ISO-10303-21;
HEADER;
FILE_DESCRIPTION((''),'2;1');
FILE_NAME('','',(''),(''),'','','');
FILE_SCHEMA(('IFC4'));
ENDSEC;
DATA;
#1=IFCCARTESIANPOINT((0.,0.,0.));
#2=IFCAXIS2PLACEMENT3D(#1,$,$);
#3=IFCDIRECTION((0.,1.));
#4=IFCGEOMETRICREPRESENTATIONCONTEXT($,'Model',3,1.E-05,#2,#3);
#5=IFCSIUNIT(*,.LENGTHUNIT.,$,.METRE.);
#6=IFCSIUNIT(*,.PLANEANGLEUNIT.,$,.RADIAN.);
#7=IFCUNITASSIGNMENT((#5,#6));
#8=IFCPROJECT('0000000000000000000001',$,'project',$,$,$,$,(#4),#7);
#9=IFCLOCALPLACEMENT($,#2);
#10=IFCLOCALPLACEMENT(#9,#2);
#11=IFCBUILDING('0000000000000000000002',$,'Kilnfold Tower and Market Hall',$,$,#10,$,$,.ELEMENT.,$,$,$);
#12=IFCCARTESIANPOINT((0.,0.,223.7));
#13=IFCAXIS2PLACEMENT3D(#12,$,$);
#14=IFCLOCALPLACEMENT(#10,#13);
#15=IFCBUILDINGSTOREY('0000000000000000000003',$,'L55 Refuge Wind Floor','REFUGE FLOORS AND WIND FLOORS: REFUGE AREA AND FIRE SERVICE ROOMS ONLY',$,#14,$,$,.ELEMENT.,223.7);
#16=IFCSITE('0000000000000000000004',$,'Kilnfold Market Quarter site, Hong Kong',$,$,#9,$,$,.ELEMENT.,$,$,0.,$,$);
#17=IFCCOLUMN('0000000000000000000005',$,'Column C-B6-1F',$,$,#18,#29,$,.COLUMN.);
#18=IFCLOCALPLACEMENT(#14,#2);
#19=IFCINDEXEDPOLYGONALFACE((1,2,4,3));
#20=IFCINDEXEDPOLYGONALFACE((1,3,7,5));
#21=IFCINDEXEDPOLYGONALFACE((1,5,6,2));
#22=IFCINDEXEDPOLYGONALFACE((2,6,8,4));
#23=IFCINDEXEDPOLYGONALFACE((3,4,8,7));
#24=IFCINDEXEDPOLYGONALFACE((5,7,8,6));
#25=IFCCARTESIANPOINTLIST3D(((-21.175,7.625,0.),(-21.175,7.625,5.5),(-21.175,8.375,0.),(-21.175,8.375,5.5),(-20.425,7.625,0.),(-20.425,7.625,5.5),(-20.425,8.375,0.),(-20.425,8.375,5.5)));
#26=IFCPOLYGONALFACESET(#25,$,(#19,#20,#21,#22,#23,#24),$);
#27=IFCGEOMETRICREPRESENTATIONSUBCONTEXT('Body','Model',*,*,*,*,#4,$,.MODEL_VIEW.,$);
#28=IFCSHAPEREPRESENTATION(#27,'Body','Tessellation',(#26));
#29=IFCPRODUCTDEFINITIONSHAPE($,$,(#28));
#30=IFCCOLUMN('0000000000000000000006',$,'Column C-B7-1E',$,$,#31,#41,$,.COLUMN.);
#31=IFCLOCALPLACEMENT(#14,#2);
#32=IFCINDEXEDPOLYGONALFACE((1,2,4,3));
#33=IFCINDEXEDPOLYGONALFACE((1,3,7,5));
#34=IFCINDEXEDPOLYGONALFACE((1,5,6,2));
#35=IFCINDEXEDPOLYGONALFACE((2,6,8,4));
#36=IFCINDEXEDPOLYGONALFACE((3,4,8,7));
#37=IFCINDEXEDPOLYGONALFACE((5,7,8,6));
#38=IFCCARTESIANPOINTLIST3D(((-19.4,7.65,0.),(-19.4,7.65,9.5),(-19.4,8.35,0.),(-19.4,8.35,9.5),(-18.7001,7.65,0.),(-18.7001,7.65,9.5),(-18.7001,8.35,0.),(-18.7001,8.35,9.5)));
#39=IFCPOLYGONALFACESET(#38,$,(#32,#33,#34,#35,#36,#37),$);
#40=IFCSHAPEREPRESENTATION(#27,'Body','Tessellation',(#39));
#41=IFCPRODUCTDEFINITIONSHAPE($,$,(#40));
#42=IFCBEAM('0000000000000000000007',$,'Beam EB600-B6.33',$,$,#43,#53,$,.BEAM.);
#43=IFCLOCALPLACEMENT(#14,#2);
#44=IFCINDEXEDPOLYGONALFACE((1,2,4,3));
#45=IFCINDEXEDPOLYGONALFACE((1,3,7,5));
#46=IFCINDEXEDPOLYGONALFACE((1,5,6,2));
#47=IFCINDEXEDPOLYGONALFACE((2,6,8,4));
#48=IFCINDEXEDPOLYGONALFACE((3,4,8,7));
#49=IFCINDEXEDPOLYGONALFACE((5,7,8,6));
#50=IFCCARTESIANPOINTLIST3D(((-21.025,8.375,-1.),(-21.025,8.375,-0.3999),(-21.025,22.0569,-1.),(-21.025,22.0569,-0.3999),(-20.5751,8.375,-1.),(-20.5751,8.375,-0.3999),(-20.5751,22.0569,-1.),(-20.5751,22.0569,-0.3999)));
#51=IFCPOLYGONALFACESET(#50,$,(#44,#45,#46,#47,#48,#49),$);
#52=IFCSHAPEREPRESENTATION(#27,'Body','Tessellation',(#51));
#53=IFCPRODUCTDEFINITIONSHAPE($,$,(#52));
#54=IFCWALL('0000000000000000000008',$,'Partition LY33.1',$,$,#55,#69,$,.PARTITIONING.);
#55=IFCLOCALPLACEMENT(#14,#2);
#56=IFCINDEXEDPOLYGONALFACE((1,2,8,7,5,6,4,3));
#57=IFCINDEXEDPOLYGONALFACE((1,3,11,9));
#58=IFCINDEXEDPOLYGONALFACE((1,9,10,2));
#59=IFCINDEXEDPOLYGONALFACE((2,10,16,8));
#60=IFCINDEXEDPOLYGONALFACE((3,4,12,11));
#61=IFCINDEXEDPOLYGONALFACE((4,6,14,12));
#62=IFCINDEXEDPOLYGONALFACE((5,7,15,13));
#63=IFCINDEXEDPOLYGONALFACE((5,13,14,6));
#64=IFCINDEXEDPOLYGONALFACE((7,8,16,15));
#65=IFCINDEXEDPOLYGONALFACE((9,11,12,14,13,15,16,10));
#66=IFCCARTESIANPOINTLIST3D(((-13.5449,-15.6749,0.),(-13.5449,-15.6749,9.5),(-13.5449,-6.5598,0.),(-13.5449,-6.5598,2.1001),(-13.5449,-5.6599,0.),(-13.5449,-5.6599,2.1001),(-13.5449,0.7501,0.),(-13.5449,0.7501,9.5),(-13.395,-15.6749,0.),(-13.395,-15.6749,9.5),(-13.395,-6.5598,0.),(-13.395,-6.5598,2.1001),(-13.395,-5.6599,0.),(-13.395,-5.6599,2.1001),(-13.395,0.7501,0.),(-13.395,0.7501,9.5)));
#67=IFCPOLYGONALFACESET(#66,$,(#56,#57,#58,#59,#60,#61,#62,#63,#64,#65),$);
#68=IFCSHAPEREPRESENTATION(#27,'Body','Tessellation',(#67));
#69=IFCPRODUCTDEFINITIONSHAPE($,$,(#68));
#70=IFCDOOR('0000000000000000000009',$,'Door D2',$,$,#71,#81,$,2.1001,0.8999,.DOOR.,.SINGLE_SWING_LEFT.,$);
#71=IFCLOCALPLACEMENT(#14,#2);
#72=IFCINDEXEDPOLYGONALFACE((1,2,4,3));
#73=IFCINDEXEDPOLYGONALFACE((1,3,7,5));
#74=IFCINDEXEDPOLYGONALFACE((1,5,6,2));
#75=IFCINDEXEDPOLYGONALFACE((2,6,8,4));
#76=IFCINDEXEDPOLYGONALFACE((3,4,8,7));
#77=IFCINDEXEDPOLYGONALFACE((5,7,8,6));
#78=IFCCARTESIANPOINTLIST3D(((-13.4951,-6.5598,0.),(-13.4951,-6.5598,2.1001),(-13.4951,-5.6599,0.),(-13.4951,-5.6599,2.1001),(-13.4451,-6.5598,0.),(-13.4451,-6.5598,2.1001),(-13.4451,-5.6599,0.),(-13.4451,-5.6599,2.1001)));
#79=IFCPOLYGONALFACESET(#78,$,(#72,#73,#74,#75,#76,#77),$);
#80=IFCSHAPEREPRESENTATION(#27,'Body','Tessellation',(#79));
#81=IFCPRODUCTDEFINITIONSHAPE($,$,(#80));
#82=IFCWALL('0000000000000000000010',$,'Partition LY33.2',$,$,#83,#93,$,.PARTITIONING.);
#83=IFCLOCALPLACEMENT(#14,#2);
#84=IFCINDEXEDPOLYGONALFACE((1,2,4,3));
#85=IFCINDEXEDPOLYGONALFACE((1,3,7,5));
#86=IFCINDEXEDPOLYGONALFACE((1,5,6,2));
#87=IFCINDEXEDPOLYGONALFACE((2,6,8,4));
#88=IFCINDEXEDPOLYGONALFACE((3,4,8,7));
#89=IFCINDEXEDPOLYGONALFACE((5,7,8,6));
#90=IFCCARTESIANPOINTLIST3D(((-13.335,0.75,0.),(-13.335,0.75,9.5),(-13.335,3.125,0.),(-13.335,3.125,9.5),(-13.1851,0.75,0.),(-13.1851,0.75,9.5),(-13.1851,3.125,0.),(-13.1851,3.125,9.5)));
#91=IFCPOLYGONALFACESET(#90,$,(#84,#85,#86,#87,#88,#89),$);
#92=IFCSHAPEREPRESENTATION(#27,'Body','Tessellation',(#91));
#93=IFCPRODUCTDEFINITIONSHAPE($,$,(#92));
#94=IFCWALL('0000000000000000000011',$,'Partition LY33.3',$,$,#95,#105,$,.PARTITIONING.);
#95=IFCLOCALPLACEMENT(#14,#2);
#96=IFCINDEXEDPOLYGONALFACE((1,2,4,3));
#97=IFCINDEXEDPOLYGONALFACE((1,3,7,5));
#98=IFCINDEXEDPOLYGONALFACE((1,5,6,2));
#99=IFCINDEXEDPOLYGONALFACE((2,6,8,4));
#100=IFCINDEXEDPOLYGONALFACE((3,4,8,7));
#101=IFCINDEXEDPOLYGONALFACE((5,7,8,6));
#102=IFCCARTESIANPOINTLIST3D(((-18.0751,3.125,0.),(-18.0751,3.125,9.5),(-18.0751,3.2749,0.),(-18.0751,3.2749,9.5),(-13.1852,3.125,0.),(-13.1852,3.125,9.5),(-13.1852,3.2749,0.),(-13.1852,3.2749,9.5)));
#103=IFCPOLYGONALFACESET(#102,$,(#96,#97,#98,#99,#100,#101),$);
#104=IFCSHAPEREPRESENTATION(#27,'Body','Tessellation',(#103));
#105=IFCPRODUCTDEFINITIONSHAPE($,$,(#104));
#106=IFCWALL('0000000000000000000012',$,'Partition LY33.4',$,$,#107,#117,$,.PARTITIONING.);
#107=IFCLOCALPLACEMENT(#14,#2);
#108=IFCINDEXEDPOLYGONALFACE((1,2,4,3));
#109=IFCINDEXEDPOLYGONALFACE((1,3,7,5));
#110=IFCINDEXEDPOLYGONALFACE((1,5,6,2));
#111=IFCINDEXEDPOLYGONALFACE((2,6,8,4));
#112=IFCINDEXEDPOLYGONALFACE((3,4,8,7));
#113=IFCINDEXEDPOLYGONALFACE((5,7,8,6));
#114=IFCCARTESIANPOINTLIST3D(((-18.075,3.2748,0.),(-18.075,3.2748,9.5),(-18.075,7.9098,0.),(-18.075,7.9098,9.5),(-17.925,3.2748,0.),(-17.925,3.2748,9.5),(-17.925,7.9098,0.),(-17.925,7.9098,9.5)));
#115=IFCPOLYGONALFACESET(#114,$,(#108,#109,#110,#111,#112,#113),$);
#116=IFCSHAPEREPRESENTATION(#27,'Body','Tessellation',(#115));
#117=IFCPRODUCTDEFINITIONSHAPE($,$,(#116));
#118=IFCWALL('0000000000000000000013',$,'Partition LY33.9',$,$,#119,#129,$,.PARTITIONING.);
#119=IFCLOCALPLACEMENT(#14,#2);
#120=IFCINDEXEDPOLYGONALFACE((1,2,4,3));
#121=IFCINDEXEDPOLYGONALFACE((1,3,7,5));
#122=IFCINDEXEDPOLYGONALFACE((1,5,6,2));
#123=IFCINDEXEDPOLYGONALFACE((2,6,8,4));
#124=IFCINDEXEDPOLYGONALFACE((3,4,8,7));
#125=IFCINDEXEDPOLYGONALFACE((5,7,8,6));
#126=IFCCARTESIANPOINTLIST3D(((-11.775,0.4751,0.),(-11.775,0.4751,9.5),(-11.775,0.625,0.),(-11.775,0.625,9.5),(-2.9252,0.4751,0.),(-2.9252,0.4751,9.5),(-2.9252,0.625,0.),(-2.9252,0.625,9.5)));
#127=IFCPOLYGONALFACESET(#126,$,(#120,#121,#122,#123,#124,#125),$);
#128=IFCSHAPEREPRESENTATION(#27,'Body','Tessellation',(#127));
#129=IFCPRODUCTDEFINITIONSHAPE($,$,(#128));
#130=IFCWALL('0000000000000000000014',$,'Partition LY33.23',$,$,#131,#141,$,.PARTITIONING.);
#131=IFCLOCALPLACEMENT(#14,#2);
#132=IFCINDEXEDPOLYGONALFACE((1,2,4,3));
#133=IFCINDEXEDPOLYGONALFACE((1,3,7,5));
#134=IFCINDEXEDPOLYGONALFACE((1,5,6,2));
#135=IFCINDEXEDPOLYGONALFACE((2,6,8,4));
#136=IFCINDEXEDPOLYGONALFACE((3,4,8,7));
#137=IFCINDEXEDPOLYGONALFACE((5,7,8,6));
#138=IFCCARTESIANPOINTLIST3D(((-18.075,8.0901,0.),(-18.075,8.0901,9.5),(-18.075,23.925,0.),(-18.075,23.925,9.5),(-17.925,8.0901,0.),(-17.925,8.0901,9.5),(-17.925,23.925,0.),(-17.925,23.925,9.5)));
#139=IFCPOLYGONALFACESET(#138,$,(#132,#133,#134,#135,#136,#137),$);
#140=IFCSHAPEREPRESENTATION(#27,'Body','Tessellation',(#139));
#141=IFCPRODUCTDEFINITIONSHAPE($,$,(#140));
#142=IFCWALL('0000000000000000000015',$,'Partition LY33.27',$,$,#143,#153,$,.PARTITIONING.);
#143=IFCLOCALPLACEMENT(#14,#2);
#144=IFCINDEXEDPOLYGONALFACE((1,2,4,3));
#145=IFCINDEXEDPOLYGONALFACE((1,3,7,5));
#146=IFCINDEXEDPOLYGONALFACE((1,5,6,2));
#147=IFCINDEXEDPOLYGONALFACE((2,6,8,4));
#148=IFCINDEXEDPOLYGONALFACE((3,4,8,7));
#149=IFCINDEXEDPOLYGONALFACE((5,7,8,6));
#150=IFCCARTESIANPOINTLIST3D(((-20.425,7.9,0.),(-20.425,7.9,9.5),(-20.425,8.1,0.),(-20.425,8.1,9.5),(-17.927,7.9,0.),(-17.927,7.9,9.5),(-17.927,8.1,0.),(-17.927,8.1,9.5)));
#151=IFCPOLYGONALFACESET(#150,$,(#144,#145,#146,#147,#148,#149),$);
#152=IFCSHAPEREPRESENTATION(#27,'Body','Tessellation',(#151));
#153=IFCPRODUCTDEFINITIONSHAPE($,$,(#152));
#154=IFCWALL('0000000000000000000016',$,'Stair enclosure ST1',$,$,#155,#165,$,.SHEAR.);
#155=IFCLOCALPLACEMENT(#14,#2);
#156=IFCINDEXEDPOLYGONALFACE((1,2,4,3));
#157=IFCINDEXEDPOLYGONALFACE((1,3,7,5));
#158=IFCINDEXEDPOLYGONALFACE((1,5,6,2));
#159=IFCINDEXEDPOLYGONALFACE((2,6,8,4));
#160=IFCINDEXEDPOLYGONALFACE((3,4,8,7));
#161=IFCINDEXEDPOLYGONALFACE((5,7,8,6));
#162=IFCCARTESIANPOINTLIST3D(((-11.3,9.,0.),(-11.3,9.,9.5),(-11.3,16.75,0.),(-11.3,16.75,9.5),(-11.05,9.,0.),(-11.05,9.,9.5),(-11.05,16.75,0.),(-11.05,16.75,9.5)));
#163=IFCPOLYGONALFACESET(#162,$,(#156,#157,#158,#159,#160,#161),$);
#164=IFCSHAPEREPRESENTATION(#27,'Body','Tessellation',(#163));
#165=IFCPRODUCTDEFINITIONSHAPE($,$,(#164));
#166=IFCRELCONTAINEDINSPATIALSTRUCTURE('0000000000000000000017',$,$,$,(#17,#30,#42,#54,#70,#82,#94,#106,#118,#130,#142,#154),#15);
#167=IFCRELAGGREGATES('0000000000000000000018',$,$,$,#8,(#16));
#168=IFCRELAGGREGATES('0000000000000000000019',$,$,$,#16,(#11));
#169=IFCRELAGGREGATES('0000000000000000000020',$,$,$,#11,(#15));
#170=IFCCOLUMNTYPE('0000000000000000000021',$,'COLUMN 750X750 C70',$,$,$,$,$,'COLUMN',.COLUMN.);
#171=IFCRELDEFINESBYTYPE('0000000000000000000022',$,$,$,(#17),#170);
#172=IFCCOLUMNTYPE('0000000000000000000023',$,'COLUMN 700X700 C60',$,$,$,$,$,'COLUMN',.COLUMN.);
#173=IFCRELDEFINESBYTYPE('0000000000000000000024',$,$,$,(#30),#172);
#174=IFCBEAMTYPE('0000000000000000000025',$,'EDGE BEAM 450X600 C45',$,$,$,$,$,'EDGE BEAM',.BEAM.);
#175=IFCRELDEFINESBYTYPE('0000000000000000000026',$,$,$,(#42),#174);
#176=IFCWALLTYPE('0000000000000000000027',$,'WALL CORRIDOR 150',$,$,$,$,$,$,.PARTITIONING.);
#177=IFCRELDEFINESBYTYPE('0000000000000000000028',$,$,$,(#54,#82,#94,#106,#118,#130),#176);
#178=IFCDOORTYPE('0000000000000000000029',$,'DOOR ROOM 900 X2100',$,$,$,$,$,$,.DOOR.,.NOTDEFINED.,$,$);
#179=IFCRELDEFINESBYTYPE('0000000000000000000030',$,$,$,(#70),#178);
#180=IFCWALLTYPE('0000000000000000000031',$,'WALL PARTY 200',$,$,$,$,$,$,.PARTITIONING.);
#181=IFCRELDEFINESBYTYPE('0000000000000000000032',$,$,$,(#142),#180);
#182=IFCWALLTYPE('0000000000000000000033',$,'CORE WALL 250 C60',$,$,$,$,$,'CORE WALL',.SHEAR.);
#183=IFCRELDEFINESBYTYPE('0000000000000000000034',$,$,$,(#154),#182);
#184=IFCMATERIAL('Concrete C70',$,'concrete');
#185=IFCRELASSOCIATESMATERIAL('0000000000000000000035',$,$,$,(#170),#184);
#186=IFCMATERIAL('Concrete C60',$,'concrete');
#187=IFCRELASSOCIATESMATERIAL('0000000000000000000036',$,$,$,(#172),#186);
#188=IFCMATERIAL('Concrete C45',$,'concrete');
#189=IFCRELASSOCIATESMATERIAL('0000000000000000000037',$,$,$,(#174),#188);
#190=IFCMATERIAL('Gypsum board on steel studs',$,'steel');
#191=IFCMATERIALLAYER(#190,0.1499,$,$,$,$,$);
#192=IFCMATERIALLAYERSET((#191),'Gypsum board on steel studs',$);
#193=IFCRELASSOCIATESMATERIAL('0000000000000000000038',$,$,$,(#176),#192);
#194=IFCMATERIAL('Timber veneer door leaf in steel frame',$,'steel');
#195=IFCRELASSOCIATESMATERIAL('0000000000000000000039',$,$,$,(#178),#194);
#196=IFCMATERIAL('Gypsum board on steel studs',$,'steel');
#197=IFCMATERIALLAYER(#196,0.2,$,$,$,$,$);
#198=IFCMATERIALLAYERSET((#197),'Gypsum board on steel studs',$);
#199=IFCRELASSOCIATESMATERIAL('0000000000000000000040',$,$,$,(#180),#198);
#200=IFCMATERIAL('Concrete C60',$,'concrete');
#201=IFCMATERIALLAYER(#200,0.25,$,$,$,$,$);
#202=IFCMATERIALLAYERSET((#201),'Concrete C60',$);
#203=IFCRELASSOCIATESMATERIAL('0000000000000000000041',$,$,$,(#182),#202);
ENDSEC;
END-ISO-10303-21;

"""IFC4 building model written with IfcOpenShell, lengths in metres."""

from ifc_helpers import new_model, si_unit, direction, frame, frame_2d, origin, origin_2d, place, context, subcontext, project, spatial, rectangle, extrude, source, transform, mapped, material, layer, layer_set, material_profile, profile_set, type_object, element, fill, save


model = new_model("IFC4")

# Units and contexts
model_context = context("Model", 3, precision=1e-05, world=origin(), true_north=direction((0.0, 1.0)))
body_context = subcontext(model_context, "Body", "Model", "MODEL_VIEW")
ifc_project = project(units=[si_unit("LENGTHUNIT", "METRE"), si_unit("PLANEANGLEUNIT", "RADIAN")], contexts=[model_context])

# Site, building, storey
site_placement = place(None, origin())
site = spatial("IfcSite", under=ifc_project, at=site_placement, Name="Kilnfold Market Quarter site, Hong Kong", CompositionType="ELEMENT", RefElevation=0.0)
building_placement = place(site_placement, origin())
building = spatial("IfcBuilding", under=site, at=building_placement, Name="Kilnfold Tower and Market Hall", CompositionType="ELEMENT")
storey_placement = place(building_placement, frame((0.0, 0.0, 223.7)))
storey = spatial("IfcBuildingStorey", under=building, at=storey_placement, Name="L55 Refuge Wind Floor", Description="REFUGE FLOORS AND WIND FLOORS: REFUGE AREA AND FIRE SERVICE ROOMS ONLY", CompositionType="ELEMENT", Elevation=223.7)

# Columns
ifc_material_1 = material(Name="Concrete C70", Category="concrete")
ifc_material_profile_1 = material_profile(ifc_material_1, rectangle(XDim=0.75, YDim=0.75, at=origin_2d()), Name="RC 750x750")
ifc_profile_set_1 = profile_set([ifc_material_profile_1], Name="Concrete C70")
column_type_1 = type_object("IfcColumnType", Name="COLUMN 750X750 C70", ElementType="COLUMN", PredefinedType="COLUMN", material=ifc_profile_set_1)
shared_shape_1 = source(origin(), body_context, "Body", "SweptSolid", [
    extrude(rectangle(XDim=0.75, YDim=0.75, at=origin_2d()), origin(), (0.0, 0.0, 1.0), 5.5),
])
column_1_placement = place(storey_placement, frame((-20.8, 8.0, 0.0), z_axis=(0.0, 0.0, 1.0), x_axis=(1.0, 0.0, 0.0)))
element("IfcColumn", 1, at=column_1_placement, inside=storey, type_object=column_type_1, Name="Column C-B6-1F", PredefinedType="COLUMN", context=body_context, shape_type="MappedRepresentation", body=[
    mapped(shared_shape_1, transform((0.0, 0.0, 0.0))),
])
ifc_material_2 = material(Name="Concrete C60", Category="concrete")
ifc_material_profile_2 = material_profile(ifc_material_2, rectangle(XDim=0.7, YDim=0.7, at=origin_2d()), Name="RC 700x700")
ifc_profile_set_2 = profile_set([ifc_material_profile_2], Name="Concrete C60")
column_type_2 = type_object("IfcColumnType", Name="COLUMN 700X700 C60", ElementType="COLUMN", PredefinedType="COLUMN", material=ifc_profile_set_2)
shared_shape_2 = source(origin(), body_context, "Body", "SweptSolid", [
    extrude(rectangle(XDim=0.7, YDim=0.7, at=origin_2d()), origin(), (0.0, 0.0, 1.0), 9.5),
])
column_2_placement = place(storey_placement, frame((-19.05, 8.0, 0.0), z_axis=(0.0, 0.0, 1.0), x_axis=(1.0, 0.0, 0.0)))
element("IfcColumn", 2, at=column_2_placement, inside=storey, type_object=column_type_2, Name="Column C-B7-1E", PredefinedType="COLUMN", context=body_context, shape_type="MappedRepresentation", body=[
    mapped(shared_shape_2, transform((0.0, 0.0, 0.0))),
])

# Beam
ifc_material_3 = material(Name="Concrete C45", Category="concrete")
ifc_material_profile_3 = material_profile(ifc_material_3, rectangle(XDim=0.45, YDim=0.6001, at=origin_2d()), Name="RC 450x600")
ifc_profile_set_3 = profile_set([ifc_material_profile_3], Name="Concrete C45")
beam_type = type_object("IfcBeamType", Name="EDGE BEAM 450X600 C45", ElementType="EDGE BEAM", PredefinedType="BEAM", material=ifc_profile_set_3)
shared_shape_3 = source(origin(), body_context, "Body", "SweptSolid", [
    extrude(rectangle(XDim=0.45, YDim=0.6001, at=origin_2d()), origin(), (0.0, 0.0, 1.0), 13.6819),
])
beam_placement = place(storey_placement, frame((-20.8, 8.375, -0.7), z_axis=(0.0, 1.0, 0.0), x_axis=(-1.0, 0.0, 0.0)))
element("IfcBeam", 3, at=beam_placement, inside=storey, type_object=beam_type, Name="Beam EB600-B6.33", PredefinedType="BEAM", context=body_context, shape_type="MappedRepresentation", body=[
    mapped(shared_shape_3, transform((0.0, 0.0, 0.0))),
])

# Wall, opening, door
ifc_material_4 = material(Name="Gypsum board on steel studs", Category="steel")
ifc_layer_1 = layer(ifc_material_4, 0.1499)
ifc_layer_set_1 = layer_set([ifc_layer_1], Name="Gypsum board on steel studs")
wall_type_1 = type_object("IfcWallType", Name="WALL CORRIDOR 150", PredefinedType="PARTITIONING", material=ifc_layer_set_1)
wall_1_placement = place(storey_placement, frame((-13.47, 0.75, 0.0), z_axis=(0.0, 0.0, 1.0), x_axis=(0.0, -1.0, 0.0)))
wall_1 = element("IfcWall", 4, at=wall_1_placement, inside=storey, type_object=wall_type_1, Name="Partition LY33.1", PredefinedType="PARTITIONING", context=body_context, shape_type="SweptSolid", body=[
    extrude(rectangle(XDim=16.425, YDim=0.1499, at=frame_2d((8.2124, 0.0))), origin(), (0.0, 0.0, 1.0), 9.5),
])
opening_1_placement = place(wall_1_placement, frame((6.4099, 0.0, 0.0)))
opening_1 = element("IfcOpeningElement", 5, at=opening_1_placement, cuts=wall_1, PredefinedType="OPENING", context=body_context, shape_type="SweptSolid", body=[
    extrude(rectangle(XDim=0.8999, YDim=2.1001, at=frame_2d((0.45, 1.05))), frame((0.0, 0.085, 0.0), z_axis=(0.0, -1.0, 0.0), x_axis=(1.0, 0.0, 0.0)), (0.0, 0.0, 1.0), 0.1699),
])
ifc_material_5 = material(Name="Timber veneer door leaf in steel frame", Category="steel")
door_type_1 = type_object("IfcDoorType", Name="DOOR ROOM 900 X2100", OperationType="NOTDEFINED", PredefinedType="DOOR", material=ifc_material_5)
door_1_placement = place(opening_1_placement, origin())
door_1 = element("IfcDoor", 6, at=door_1_placement, inside=storey, type_object=door_type_1, Name="Door D2", OperationType="SINGLE_SWING_LEFT", OverallHeight=2.1001, OverallWidth=0.8999, PredefinedType="DOOR", context=body_context, shape_type="SweptSolid", body=[
    extrude(rectangle(XDim=0.8999, YDim=2.1001, at=frame_2d((0.45, 1.05))), frame((0.0, 0.0249, 0.0), z_axis=(0.0, -1.0, 0.0), x_axis=(1.0, 0.0, 0.0)), (0.0, 0.0, 1.0), 0.05),
])
fill(opening_1, door_1)

# Walls
wall_2_placement = place(storey_placement, frame((-13.26, 3.125, 0.0), z_axis=(0.0, 0.0, 1.0), x_axis=(0.0, -1.0, 0.0)))
element("IfcWall", 7, at=wall_2_placement, inside=storey, type_object=wall_type_1, Name="Partition LY33.2", PredefinedType="PARTITIONING", context=body_context, shape_type="SweptSolid", body=[
    extrude(rectangle(XDim=2.375, YDim=0.1499, at=frame_2d((1.1875, 0.0))), origin(), (0.0, 0.0, 1.0), 9.5),
])
wall_3_placement = place(storey_placement, frame((-18.075, 3.2, 0.0), z_axis=(0.0, 0.0, 1.0), x_axis=(1.0, 0.0, 0.0)))
element("IfcWall", 8, at=wall_3_placement, inside=storey, type_object=wall_type_1, Name="Partition LY33.3", PredefinedType="PARTITIONING", context=body_context, shape_type="SweptSolid", body=[
    extrude(rectangle(XDim=4.8899, YDim=0.1499, at=frame_2d((2.4448, 0.0))), origin(), (0.0, 0.0, 1.0), 9.5),
])
wall_4_placement = place(storey_placement, frame((-18.0, 3.2749, 0.0), z_axis=(0.0, 0.0, 1.0), x_axis=(0.0, 1.0, 0.0)))
element("IfcWall", 9, at=wall_4_placement, inside=storey, type_object=wall_type_1, Name="Partition LY33.4", PredefinedType="PARTITIONING", context=body_context, shape_type="SweptSolid", body=[
    extrude(rectangle(XDim=4.635, YDim=0.1499, at=frame_2d((2.3174, 0.0))), origin(), (0.0, 0.0, 1.0), 9.5),
])
wall_5_placement = place(storey_placement, frame((-11.7749, 0.55, 0.0), z_axis=(0.0, 0.0, 1.0), x_axis=(1.0, 0.0, 0.0)))
element("IfcWall", 10, at=wall_5_placement, inside=storey, type_object=wall_type_1, Name="Partition LY33.9", PredefinedType="PARTITIONING", context=body_context, shape_type="SweptSolid", body=[
    extrude(rectangle(XDim=8.8499, YDim=0.1499, at=frame_2d((4.4248, 0.0))), origin(), (0.0, 0.0, 1.0), 9.5),
])
wall_6_placement = place(storey_placement, frame((-18.0, 8.0901, 0.0), z_axis=(0.0, 0.0, 1.0), x_axis=(0.0, 1.0, 0.0)))
element("IfcWall", 11, at=wall_6_placement, inside=storey, type_object=wall_type_1, Name="Partition LY33.23", PredefinedType="PARTITIONING", context=body_context, shape_type="SweptSolid", body=[
    extrude(rectangle(XDim=15.835, YDim=0.1499, at=frame_2d((7.9175, 0.0))), origin(), (0.0, 0.0, 1.0), 9.5),
])
ifc_material_6 = material(Name="Gypsum board on steel studs", Category="steel")
ifc_layer_2 = layer(ifc_material_6, 0.2)
ifc_layer_set_2 = layer_set([ifc_layer_2], Name="Gypsum board on steel studs")
wall_type_2 = type_object("IfcWallType", Name="WALL PARTY 200", PredefinedType="PARTITIONING", material=ifc_layer_set_2)
wall_7_placement = place(storey_placement, frame((-20.425, 8.0, 0.0), z_axis=(0.0, 0.0, 1.0), x_axis=(1.0, 0.0, 0.0)))
element("IfcWall", 12, at=wall_7_placement, inside=storey, type_object=wall_type_2, Name="Partition LY33.27", PredefinedType="PARTITIONING", context=body_context, shape_type="SweptSolid", body=[
    extrude(rectangle(XDim=2.498, YDim=0.2, at=frame_2d((1.249, 0.0))), origin(), (0.0, 0.0, 1.0), 9.5),
])
ifc_material_7 = material(Name="Concrete C60", Category="concrete")
ifc_layer_3 = layer(ifc_material_7, 0.25)
ifc_layer_set_3 = layer_set([ifc_layer_3], Name="Concrete C60")
wall_type_3 = type_object("IfcWallType", Name="CORE WALL 250 C60", ElementType="CORE WALL", PredefinedType="SHEAR", material=ifc_layer_set_3)
shared_shape_4 = source(origin(), body_context, "Body", "SweptSolid", [
    extrude(rectangle(XDim=7.75, YDim=0.25, at=frame_2d((3.875, 0.0))), origin(), (0.0, 0.0, 1.0), 9.5),
])
wall_8_placement = place(storey_placement, frame((-11.175, 9.0, 0.0), z_axis=(0.0, 0.0, 1.0), x_axis=(0.0, 1.0, 0.0)))
element("IfcWall", 13, at=wall_8_placement, inside=storey, type_object=wall_type_3, Name="Stair enclosure ST1", PredefinedType="SHEAR", context=body_context, shape_type="MappedRepresentation", body=[
    mapped(shared_shape_4, transform((0.0, 0.0, 0.0))),
])

save(model, "model.ifc")
